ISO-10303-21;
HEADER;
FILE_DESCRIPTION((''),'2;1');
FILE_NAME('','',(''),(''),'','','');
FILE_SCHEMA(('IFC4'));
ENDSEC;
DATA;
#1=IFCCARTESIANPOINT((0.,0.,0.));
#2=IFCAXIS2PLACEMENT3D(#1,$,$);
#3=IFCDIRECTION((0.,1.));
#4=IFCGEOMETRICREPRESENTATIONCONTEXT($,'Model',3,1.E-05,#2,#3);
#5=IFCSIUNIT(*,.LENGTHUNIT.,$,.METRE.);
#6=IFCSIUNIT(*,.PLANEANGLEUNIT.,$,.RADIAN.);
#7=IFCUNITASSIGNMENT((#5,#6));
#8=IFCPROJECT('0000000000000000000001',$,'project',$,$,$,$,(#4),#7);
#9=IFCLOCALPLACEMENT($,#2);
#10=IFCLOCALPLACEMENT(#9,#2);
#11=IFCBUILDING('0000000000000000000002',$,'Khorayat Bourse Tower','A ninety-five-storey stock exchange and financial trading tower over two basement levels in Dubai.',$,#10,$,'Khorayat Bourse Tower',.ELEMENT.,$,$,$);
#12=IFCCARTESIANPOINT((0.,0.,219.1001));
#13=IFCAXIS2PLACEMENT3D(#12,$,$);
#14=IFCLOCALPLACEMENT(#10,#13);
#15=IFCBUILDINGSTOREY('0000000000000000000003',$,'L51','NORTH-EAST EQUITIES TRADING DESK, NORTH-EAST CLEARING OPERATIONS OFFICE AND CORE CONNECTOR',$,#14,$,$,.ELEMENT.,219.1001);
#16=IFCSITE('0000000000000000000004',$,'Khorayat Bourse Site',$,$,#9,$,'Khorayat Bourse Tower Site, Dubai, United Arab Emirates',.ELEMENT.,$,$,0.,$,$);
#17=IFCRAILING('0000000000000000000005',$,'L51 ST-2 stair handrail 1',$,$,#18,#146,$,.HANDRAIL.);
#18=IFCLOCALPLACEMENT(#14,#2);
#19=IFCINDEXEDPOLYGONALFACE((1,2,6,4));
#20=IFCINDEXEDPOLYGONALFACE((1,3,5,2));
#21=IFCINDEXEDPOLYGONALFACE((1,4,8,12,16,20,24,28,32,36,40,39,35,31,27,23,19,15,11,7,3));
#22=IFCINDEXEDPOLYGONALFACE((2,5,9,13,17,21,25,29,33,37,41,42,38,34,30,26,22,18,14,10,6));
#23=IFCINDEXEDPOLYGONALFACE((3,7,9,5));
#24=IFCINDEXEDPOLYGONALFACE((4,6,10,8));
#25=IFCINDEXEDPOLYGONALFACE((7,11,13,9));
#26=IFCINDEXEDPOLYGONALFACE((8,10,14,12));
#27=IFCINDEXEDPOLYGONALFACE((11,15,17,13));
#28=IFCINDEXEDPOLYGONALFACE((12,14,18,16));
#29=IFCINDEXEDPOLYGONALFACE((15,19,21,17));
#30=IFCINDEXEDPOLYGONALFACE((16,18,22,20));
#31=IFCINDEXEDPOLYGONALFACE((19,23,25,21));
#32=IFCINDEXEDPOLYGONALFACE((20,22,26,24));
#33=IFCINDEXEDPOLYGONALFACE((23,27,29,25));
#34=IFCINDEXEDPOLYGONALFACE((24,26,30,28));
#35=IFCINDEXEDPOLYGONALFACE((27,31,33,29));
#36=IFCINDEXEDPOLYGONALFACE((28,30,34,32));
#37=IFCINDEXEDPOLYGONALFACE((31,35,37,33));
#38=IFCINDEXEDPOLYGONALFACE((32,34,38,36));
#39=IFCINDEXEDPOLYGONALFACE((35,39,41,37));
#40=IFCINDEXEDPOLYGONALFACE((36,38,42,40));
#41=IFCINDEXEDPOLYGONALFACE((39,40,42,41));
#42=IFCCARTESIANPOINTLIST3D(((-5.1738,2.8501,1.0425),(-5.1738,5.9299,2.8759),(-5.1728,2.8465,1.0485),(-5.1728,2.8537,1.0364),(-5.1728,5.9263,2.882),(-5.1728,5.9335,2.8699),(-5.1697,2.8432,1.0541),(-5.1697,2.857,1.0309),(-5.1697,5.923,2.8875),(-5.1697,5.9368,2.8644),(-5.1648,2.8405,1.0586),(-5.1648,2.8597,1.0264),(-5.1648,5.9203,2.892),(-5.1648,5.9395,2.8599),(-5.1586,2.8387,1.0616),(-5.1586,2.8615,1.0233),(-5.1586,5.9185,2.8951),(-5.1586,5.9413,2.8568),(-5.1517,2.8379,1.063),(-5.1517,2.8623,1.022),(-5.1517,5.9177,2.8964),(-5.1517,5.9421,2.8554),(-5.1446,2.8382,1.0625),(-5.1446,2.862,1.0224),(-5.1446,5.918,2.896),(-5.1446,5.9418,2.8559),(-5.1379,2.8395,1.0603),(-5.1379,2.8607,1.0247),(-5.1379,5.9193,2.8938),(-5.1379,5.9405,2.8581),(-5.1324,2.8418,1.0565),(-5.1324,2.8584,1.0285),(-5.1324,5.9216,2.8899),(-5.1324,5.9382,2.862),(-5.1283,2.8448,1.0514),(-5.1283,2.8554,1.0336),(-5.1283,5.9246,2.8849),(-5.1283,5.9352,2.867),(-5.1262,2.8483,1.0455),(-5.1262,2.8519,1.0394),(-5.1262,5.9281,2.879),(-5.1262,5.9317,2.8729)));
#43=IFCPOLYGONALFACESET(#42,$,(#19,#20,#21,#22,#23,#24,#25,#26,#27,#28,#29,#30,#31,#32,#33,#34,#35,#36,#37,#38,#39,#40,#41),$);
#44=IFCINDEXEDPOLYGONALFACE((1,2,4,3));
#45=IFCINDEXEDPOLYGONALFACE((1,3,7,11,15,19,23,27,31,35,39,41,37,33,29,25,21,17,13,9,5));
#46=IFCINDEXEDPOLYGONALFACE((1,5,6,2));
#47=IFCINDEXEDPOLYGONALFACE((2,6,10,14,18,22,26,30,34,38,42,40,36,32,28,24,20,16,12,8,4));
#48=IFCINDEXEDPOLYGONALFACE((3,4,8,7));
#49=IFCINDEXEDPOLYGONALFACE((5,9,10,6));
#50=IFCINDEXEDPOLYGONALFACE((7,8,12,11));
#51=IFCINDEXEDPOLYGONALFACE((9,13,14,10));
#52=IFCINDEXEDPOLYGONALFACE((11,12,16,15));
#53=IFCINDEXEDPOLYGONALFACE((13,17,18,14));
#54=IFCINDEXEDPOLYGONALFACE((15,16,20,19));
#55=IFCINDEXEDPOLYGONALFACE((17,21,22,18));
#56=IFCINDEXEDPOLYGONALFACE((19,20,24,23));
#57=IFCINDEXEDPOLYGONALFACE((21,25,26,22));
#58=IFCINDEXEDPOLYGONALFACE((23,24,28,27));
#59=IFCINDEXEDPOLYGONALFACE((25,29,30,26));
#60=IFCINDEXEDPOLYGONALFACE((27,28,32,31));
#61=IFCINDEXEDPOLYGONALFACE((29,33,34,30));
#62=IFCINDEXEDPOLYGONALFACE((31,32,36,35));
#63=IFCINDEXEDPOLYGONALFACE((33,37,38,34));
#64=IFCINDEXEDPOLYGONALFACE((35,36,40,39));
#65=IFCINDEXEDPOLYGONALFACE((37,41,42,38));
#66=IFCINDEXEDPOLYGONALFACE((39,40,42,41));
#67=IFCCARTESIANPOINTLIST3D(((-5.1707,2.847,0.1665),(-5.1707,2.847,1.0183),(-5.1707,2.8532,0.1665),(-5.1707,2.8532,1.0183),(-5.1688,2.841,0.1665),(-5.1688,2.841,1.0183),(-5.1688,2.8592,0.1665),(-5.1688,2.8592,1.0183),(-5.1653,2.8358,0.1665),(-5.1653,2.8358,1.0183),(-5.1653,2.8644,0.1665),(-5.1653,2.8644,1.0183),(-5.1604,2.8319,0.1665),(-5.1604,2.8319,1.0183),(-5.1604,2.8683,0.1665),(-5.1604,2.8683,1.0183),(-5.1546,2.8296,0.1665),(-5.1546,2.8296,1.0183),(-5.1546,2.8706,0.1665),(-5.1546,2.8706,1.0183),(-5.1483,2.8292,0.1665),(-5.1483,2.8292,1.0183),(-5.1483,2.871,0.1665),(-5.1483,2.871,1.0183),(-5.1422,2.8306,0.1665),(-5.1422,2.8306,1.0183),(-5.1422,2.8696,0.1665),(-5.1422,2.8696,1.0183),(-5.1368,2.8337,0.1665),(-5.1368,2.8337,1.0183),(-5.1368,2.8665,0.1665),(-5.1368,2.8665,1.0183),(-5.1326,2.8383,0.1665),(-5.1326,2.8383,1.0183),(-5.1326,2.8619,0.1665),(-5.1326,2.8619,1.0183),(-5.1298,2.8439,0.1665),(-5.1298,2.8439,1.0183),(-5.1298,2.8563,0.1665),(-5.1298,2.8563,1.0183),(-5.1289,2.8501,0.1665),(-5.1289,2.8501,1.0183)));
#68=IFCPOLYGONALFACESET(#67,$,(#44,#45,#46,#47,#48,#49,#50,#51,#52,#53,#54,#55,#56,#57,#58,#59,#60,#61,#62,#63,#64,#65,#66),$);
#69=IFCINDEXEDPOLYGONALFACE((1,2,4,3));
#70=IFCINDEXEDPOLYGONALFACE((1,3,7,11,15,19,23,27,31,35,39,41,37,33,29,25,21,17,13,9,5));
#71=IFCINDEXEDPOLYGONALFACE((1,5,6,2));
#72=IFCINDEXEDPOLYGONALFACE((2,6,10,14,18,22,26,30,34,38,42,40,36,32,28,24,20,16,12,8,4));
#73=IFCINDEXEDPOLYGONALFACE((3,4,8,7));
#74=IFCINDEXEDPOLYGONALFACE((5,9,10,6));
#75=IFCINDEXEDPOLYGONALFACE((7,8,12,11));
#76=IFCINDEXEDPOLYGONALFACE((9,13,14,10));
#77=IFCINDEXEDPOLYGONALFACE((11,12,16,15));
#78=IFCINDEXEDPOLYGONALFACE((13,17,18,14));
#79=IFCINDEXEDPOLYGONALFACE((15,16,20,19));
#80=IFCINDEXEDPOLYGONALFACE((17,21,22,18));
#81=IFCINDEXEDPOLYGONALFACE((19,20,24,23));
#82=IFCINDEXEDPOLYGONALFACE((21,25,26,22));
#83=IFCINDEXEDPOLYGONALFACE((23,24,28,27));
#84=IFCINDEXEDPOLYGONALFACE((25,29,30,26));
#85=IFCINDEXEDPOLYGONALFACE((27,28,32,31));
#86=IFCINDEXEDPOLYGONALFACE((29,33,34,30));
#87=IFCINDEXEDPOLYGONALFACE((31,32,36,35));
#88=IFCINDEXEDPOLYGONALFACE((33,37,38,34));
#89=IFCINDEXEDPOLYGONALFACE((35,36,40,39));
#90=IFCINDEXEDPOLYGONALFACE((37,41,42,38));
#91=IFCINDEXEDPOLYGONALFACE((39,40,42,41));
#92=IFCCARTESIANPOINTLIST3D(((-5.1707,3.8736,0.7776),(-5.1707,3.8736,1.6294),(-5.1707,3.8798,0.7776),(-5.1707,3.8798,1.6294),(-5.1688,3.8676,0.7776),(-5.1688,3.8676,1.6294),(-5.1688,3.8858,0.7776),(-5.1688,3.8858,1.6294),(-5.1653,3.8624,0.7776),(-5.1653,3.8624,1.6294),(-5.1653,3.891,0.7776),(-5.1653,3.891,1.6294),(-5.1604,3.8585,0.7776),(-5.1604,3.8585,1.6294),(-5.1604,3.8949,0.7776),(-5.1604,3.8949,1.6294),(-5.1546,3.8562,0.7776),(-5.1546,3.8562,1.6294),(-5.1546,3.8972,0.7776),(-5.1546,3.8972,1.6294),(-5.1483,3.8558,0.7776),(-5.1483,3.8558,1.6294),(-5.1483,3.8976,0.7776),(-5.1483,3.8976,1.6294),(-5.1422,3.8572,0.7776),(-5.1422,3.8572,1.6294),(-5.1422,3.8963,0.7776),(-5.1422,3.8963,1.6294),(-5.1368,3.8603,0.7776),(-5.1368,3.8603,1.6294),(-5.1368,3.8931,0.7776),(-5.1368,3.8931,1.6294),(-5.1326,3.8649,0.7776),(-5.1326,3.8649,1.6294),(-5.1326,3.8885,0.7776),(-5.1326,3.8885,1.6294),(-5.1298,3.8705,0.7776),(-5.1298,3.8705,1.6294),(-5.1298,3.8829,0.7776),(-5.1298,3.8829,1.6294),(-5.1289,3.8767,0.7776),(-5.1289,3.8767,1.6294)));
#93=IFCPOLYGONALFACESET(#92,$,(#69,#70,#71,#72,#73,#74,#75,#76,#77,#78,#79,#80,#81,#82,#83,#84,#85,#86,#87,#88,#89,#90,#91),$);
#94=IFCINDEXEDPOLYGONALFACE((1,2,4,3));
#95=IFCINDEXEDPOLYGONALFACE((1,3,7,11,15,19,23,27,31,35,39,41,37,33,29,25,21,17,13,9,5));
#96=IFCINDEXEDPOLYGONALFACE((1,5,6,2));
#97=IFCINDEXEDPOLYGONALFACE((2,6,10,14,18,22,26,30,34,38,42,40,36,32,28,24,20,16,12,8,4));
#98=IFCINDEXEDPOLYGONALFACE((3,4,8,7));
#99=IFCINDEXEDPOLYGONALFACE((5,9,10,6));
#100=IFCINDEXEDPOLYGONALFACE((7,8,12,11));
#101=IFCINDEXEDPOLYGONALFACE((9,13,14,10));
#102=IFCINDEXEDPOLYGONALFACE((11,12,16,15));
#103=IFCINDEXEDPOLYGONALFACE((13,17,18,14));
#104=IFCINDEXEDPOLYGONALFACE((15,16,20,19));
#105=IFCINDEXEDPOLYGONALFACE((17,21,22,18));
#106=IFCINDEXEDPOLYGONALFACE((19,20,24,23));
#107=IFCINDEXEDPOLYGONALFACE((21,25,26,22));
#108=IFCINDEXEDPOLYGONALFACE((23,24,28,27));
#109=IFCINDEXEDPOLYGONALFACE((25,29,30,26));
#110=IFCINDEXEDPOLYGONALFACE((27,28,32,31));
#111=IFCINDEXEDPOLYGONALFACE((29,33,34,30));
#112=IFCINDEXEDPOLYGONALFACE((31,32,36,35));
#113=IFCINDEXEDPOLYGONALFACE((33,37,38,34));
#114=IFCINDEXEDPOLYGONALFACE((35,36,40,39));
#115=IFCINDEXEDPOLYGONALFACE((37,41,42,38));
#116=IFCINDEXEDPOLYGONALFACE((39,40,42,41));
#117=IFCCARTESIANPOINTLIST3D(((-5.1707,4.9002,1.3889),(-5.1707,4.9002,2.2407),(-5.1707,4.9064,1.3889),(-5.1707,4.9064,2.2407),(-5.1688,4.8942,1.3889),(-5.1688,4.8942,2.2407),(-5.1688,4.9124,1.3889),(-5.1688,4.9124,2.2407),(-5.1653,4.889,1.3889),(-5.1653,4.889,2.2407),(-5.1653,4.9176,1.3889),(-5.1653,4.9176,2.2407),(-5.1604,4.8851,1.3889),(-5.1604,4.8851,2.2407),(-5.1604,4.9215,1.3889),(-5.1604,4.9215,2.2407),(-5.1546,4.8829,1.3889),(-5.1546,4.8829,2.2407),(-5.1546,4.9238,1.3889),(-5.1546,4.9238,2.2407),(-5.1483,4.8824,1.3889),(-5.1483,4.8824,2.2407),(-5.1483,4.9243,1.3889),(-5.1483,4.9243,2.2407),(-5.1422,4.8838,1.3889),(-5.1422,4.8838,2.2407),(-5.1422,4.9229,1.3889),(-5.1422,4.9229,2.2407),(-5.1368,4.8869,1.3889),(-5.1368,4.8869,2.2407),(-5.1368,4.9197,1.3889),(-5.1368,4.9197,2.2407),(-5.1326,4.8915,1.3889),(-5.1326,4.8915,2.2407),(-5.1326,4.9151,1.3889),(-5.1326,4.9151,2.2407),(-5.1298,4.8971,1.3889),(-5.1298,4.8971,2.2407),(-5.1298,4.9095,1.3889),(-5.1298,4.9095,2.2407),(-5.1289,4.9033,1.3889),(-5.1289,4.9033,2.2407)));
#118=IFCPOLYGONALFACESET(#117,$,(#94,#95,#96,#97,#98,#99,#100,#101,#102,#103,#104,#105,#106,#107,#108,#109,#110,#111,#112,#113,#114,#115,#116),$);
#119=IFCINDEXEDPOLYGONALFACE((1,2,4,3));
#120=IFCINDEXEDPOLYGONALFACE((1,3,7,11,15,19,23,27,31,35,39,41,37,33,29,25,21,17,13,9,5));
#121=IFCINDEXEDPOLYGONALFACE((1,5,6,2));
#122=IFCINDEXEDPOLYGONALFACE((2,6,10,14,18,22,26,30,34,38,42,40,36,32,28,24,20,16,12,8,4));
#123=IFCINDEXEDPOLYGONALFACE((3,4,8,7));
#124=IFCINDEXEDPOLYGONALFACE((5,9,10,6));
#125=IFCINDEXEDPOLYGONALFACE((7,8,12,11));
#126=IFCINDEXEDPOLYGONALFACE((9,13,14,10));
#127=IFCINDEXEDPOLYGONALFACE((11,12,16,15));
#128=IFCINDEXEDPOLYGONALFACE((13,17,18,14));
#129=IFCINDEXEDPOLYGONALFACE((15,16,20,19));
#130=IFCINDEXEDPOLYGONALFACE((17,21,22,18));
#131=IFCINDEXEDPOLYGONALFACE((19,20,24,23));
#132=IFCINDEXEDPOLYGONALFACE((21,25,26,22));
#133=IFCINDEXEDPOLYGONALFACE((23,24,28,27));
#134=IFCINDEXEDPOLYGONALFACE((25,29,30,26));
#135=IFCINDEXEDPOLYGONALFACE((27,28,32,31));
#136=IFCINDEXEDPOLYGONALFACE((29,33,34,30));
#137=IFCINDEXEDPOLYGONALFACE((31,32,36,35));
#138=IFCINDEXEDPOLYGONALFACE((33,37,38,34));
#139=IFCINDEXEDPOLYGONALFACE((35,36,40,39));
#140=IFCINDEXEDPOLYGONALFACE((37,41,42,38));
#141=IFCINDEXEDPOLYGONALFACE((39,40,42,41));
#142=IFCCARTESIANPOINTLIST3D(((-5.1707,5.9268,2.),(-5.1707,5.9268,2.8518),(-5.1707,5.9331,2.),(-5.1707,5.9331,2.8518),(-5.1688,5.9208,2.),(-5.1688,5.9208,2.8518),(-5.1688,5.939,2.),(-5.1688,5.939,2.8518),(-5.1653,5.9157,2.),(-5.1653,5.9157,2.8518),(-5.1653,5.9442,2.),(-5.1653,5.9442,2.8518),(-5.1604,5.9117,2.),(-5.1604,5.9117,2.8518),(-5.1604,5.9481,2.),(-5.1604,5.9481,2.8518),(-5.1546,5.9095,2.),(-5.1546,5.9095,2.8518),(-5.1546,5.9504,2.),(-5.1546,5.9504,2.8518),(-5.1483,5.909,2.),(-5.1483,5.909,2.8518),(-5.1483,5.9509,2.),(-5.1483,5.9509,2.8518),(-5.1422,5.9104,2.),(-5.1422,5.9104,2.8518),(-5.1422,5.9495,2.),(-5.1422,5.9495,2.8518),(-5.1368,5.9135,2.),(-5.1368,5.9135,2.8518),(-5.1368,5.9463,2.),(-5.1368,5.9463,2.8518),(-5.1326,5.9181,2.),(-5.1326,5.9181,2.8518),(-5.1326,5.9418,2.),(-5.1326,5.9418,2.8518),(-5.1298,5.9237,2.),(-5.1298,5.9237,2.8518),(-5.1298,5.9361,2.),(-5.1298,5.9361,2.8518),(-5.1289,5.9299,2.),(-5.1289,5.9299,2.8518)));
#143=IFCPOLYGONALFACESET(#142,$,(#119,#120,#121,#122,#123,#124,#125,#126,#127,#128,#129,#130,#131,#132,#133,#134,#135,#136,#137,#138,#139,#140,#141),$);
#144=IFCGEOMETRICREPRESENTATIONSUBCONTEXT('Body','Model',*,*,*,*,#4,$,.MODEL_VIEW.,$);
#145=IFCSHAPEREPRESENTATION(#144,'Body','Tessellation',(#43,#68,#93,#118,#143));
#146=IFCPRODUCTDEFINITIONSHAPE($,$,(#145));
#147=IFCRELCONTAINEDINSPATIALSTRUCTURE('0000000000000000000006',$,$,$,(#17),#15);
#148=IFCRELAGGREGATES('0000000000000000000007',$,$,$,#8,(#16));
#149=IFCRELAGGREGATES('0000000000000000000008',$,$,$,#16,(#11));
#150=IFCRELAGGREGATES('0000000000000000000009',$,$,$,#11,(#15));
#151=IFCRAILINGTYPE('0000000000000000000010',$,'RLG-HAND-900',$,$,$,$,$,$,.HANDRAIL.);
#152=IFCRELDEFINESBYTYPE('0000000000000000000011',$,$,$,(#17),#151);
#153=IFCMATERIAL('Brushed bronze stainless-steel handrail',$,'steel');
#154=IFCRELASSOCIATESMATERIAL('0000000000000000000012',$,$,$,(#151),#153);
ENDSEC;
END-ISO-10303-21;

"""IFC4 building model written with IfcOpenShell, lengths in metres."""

from ifc_helpers import new_model, si_unit, direction, frame, origin, origin_2d, place, context, subcontext, project, spatial, circle, extrude, source, transform, mapped, material, type_object, element, save


model = new_model("IFC4")

# Units and contexts
model_context = context("Model", 3, precision=1e-05, world=origin(), true_north=direction((0.0, 1.0)))
body_context = subcontext(model_context, "Body", "Model", "MODEL_VIEW")
ifc_project = project(units=[si_unit("LENGTHUNIT", "METRE"), si_unit("PLANEANGLEUNIT", "RADIAN")], contexts=[model_context])

# Site, building, storey
site_placement = place(None, origin())
site = spatial("IfcSite", under=ifc_project, at=site_placement, Name="Khorayat Bourse Site", LongName="Khorayat Bourse Tower Site, Dubai, United Arab Emirates", CompositionType="ELEMENT", RefElevation=0.0)
building_placement = place(site_placement, origin())
building = spatial("IfcBuilding", under=site, at=building_placement, Name="Khorayat Bourse Tower", Description="A ninety-five-storey stock exchange and financial trading tower over two basement levels in Dubai.", LongName="Khorayat Bourse Tower", CompositionType="ELEMENT")
storey_placement = place(building_placement, frame((0.0, 0.0, 219.1001)))
storey = spatial("IfcBuildingStorey", under=building, at=storey_placement, Name="L51", Description="NORTH-EAST EQUITIES TRADING DESK, NORTH-EAST CLEARING OPERATIONS OFFICE AND CORE CONNECTOR", CompositionType="ELEMENT", Elevation=219.1001)

# Railing
ifc_material_1 = material(Name="Brushed bronze stainless-steel handrail", Category="steel")
railing_type_1 = type_object("IfcRailingType", Name="RLG-HAND-900", PredefinedType="HANDRAIL", material=ifc_material_1)
shared_shape_1 = source(origin(), body_context, "Body", "SweptSolid", [
    extrude(circle(Radius=0.0239, at=origin_2d()), frame((0.0, 0.0, 0.876), z_axis=(0.0, 0.859261, 0.511538), x_axis=(-1.0, 0.0, 0.0)), (0.0, 0.0, 1.0), 3.5842),
    extrude(circle(Radius=0.021, at=origin_2d()), origin(), (0.0, 0.0, 1.0), 0.8518),
    extrude(circle(Radius=0.021, at=origin_2d()), frame((0.0, 1.0266, 0.6111)), (0.0, 0.0, 1.0), 0.8518),
    extrude(circle(Radius=0.021, at=origin_2d()), frame((0.0, 2.0532, 1.2224)), (0.0, 0.0, 1.0), 0.8518),
    extrude(circle(Radius=0.021, at=origin_2d()), frame((0.0, 3.0798, 1.8335)), (0.0, 0.0, 1.0), 0.8518),
])
railing_1_placement = place(storey_placement, frame((-5.1499, 2.8501, 0.1665)))
element("IfcRailing", 1, at=railing_1_placement, inside=storey, type_object=railing_type_1, Name="L51 ST-2 stair handrail 1", PredefinedType="HANDRAIL", context=body_context, shape_type="MappedRepresentation", body=[
    mapped(shared_shape_1, transform((0.0, 0.0, 0.0), scale=1.0)),
])

save(model, "model.ifc")
